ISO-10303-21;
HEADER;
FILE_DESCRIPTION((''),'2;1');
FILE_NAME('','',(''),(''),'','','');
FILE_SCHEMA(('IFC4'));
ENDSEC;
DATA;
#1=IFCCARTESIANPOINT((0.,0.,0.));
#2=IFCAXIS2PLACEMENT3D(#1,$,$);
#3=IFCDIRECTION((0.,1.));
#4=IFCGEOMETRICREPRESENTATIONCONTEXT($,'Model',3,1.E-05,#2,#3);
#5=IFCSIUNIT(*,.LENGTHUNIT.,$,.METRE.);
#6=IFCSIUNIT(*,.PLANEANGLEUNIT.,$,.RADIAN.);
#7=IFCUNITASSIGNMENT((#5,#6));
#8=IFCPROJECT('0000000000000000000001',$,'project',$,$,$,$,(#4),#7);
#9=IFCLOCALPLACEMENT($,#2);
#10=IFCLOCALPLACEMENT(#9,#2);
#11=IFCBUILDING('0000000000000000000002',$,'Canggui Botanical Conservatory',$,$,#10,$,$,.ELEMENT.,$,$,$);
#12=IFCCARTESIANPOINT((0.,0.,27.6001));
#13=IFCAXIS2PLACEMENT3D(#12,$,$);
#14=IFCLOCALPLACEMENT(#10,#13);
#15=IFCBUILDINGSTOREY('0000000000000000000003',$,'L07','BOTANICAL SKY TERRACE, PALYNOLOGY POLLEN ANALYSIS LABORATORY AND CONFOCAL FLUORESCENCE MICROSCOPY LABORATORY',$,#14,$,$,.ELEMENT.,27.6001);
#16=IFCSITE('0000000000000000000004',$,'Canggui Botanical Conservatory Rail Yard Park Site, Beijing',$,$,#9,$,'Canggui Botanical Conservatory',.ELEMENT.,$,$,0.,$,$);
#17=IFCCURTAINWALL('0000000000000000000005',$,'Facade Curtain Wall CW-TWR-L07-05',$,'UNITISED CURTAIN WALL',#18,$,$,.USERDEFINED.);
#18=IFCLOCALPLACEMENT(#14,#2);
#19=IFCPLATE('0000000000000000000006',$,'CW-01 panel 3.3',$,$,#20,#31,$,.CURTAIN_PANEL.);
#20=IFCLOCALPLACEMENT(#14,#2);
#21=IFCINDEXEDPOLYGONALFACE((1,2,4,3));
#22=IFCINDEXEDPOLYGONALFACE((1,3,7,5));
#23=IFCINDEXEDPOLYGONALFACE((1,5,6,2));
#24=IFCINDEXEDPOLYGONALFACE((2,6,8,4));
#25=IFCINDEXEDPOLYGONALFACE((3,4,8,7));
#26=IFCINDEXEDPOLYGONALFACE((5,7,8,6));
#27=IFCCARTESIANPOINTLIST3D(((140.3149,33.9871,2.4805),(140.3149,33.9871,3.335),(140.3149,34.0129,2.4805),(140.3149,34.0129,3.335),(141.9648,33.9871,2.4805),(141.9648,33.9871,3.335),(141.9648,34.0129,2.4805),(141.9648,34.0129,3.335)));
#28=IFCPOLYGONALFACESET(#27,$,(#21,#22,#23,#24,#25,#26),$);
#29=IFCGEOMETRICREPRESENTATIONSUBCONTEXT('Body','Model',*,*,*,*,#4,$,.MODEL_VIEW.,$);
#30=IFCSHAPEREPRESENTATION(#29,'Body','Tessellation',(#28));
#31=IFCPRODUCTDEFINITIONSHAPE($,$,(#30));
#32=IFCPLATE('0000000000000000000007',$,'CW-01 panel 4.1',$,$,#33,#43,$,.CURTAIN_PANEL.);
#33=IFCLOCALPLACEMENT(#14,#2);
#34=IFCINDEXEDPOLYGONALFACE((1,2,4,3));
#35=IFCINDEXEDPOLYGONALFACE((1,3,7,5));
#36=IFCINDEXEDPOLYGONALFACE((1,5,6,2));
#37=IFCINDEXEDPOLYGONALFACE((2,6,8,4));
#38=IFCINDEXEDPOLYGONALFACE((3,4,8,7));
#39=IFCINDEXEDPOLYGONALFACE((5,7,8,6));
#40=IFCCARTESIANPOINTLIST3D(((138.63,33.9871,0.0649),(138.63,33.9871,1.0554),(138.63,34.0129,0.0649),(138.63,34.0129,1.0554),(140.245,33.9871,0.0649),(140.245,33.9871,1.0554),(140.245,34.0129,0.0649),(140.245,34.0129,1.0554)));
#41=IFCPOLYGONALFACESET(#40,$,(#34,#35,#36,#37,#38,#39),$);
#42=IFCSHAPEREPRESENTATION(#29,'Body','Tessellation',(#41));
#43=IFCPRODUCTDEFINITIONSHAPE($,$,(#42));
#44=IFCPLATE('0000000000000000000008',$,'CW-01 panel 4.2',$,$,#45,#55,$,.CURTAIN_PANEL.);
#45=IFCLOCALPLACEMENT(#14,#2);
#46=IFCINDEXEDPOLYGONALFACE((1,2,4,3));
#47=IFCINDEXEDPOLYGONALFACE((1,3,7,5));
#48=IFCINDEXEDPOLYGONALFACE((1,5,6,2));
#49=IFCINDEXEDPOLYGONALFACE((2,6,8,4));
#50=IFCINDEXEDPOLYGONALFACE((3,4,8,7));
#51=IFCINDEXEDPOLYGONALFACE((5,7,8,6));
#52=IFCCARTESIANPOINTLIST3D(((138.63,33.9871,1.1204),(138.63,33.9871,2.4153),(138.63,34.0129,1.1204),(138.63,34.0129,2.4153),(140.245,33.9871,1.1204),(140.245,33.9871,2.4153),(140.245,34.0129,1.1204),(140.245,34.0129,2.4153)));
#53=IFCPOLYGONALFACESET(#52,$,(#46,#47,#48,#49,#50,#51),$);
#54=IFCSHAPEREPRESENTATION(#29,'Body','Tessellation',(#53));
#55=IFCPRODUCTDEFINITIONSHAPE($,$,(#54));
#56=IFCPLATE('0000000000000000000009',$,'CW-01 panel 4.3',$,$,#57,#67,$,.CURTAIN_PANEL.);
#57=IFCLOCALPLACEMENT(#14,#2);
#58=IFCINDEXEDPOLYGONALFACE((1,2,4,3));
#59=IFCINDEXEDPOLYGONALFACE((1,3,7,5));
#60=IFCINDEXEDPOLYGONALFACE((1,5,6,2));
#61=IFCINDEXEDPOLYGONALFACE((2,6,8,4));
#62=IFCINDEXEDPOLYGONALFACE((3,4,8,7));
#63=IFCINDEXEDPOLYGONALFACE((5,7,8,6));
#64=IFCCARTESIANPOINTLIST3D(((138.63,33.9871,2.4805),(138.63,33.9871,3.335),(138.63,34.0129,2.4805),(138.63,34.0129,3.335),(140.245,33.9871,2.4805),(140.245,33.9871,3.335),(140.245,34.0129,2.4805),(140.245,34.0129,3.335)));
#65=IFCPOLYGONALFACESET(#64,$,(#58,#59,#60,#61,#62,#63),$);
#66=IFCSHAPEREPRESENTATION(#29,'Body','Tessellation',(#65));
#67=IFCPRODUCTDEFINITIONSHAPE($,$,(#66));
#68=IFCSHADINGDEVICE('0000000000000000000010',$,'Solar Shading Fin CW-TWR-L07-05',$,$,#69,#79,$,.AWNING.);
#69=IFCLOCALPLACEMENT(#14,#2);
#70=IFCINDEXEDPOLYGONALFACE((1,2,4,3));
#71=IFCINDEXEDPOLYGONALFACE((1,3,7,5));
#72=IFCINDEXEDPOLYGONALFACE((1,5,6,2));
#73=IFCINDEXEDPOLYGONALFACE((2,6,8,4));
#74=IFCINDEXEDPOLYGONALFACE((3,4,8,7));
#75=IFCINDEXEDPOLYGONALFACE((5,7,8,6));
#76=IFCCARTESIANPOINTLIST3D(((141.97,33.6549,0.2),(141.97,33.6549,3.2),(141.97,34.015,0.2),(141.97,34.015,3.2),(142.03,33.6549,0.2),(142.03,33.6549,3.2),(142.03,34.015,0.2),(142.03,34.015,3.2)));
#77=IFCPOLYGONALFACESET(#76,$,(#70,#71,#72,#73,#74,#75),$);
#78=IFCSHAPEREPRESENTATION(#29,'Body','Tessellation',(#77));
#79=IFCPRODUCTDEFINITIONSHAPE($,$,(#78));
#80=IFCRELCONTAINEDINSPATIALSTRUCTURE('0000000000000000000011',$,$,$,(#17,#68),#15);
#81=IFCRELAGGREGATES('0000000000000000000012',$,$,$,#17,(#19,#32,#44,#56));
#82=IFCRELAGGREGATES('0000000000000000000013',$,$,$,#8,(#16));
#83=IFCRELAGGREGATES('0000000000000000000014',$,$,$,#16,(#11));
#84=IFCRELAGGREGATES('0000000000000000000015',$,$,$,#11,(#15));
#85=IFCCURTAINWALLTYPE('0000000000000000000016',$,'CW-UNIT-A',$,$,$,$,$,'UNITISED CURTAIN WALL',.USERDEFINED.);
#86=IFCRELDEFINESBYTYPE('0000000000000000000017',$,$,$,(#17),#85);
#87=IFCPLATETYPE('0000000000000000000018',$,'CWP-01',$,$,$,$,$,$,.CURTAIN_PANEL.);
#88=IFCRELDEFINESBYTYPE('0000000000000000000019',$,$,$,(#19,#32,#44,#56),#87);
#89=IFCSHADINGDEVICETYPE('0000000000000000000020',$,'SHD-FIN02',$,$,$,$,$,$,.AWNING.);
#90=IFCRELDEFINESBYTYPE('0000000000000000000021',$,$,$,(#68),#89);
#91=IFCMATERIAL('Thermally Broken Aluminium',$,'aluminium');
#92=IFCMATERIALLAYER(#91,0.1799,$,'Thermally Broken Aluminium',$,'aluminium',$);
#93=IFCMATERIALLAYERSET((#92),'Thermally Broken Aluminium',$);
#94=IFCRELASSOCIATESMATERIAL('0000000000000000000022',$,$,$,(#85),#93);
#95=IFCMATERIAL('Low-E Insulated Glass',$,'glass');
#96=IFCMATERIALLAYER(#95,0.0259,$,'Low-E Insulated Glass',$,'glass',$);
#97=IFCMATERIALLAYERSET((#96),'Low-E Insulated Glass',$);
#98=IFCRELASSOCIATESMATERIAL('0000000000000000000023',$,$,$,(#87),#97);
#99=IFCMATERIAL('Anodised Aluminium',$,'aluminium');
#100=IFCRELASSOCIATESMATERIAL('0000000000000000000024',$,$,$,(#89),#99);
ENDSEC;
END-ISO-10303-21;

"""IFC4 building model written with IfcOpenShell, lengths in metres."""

from ifc_helpers import new_model, si_unit, direction, frame, origin, origin_2d, place, context, subcontext, project, spatial, rectangle, extrude, material, layer, layer_set, type_object, element, aggregate, save


model = new_model("IFC4")

# Units and contexts
model_context = context("Model", 3, precision=1e-05, world=origin(), true_north=direction((0.0, 1.0)))
body_context = subcontext(model_context, "Body", "Model", "MODEL_VIEW")
ifc_project = project(units=[si_unit("LENGTHUNIT", "METRE"), si_unit("PLANEANGLEUNIT", "RADIAN")], contexts=[model_context])

# Site, building, storey
site_placement = place(None, origin())
site = spatial("IfcSite", under=ifc_project, at=site_placement, Name="Canggui Botanical Conservatory Rail Yard Park Site, Beijing", LongName="Canggui Botanical Conservatory", CompositionType="ELEMENT", RefElevation=0.0)
building_placement = place(site_placement, origin())
building = spatial("IfcBuilding", under=site, at=building_placement, Name="Canggui Botanical Conservatory", CompositionType="ELEMENT")
storey_placement = place(building_placement, frame((0.0, 0.0, 27.6001)))
storey = spatial("IfcBuildingStorey", under=building, at=storey_placement, Name="L07", Description="BOTANICAL SKY TERRACE, PALYNOLOGY POLLEN ANALYSIS LABORATORY AND CONFOCAL FLUORESCENCE MICROSCOPY LABORATORY", CompositionType="ELEMENT", Elevation=27.6001)

# Curtain wall, plates
ifc_material_1 = material(Name="Thermally Broken Aluminium", Category="aluminium")
ifc_layer_1 = layer(ifc_material_1, 0.1799, Name="Thermally Broken Aluminium", Category="aluminium")
ifc_layer_set_1 = layer_set([ifc_layer_1], Name="Thermally Broken Aluminium")
curtain_wall_type = type_object("IfcCurtainWallType", Name="CW-UNIT-A", ElementType="UNITISED CURTAIN WALL", PredefinedType="USERDEFINED", material=ifc_layer_set_1)
curtain_wall_placement = place(storey_placement, origin())
curtain_wall = element("IfcCurtainWall", 1, at=curtain_wall_placement, inside=storey, type_object=curtain_wall_type, Name="Facade Curtain Wall CW-TWR-L07-05", ObjectType="UNITISED CURTAIN WALL", PredefinedType="USERDEFINED")
ifc_material_2 = material(Name="Low-E Insulated Glass", Category="glass")
ifc_layer_2 = layer(ifc_material_2, 0.0259, Name="Low-E Insulated Glass", Category="glass")
ifc_layer_set_2 = layer_set([ifc_layer_2], Name="Low-E Insulated Glass")
plate_type = type_object("IfcPlateType", Name="CWP-01", PredefinedType="CURTAIN_PANEL", material=ifc_layer_set_2)
plate_1_placement = place(storey_placement, frame((141.1399, 34.0, 2.4805), z_axis=(0.0, 0.0, 1.0), x_axis=(-1.0, 0.0, 0.0)))
plate_1 = element("IfcPlate", 2, at=plate_1_placement, type_object=plate_type, Name="CW-01 panel 3.3", PredefinedType="CURTAIN_PANEL", context=body_context, shape_type="SweptSolid", body=[
    extrude(rectangle(XDim=1.6499, YDim=0.0259, at=origin_2d()), origin(), (0.0, 0.0, 1.0), 0.8545),
])
plate_2_placement = place(storey_placement, frame((139.4375, 34.0, 0.0649), z_axis=(0.0, 0.0, 1.0), x_axis=(-1.0, 0.0, 0.0)))
plate_2 = element("IfcPlate", 3, at=plate_2_placement, type_object=plate_type, Name="CW-01 panel 4.1", PredefinedType="CURTAIN_PANEL", context=body_context, shape_type="SweptSolid", body=[
    extrude(rectangle(XDim=1.615, YDim=0.0259, at=origin_2d()), origin(), (0.0, 0.0, 1.0), 0.9905),
])
plate_3_placement = place(storey_placement, frame((139.4375, 34.0, 1.1204), z_axis=(0.0, 0.0, 1.0), x_axis=(-1.0, 0.0, 0.0)))
plate_3 = element("IfcPlate", 4, at=plate_3_placement, type_object=plate_type, Name="CW-01 panel 4.2", PredefinedType="CURTAIN_PANEL", context=body_context, shape_type="SweptSolid", body=[
    extrude(rectangle(XDim=1.615, YDim=0.0259, at=origin_2d()), origin(), (0.0, 0.0, 1.0), 1.2949),
])
plate_4_placement = place(storey_placement, frame((139.4375, 34.0, 2.4805), z_axis=(0.0, 0.0, 1.0), x_axis=(-1.0, 0.0, 0.0)))
plate_4 = element("IfcPlate", 5, at=plate_4_placement, type_object=plate_type, Name="CW-01 panel 4.3", PredefinedType="CURTAIN_PANEL", context=body_context, shape_type="SweptSolid", body=[
    extrude(rectangle(XDim=1.615, YDim=0.0259, at=origin_2d()), origin(), (0.0, 0.0, 1.0), 0.8545),
])
aggregate(curtain_wall, [plate_1, plate_2, plate_3, plate_4])

# Shading device
ifc_material_3 = material(Name="Anodised Aluminium", Category="aluminium")
shading_device_type = type_object("IfcShadingDeviceType", Name="SHD-FIN02", PredefinedType="AWNING", material=ifc_material_3)
shading_device_placement = place(storey_placement, frame((142.0, 33.835, 0.2), z_axis=(0.0, 0.0, 1.0), x_axis=(-1.0, 0.0, 0.0)))
element("IfcShadingDevice", 6, at=shading_device_placement, inside=storey, type_object=shading_device_type, Name="Solar Shading Fin CW-TWR-L07-05", PredefinedType="AWNING", context=body_context, shape_type="SweptSolid", body=[
    extrude(rectangle(XDim=0.0601, YDim=0.3601, at=origin_2d()), origin(), (0.0, 0.0, 1.0), 3.0),
])

save(model, "model.ifc")
